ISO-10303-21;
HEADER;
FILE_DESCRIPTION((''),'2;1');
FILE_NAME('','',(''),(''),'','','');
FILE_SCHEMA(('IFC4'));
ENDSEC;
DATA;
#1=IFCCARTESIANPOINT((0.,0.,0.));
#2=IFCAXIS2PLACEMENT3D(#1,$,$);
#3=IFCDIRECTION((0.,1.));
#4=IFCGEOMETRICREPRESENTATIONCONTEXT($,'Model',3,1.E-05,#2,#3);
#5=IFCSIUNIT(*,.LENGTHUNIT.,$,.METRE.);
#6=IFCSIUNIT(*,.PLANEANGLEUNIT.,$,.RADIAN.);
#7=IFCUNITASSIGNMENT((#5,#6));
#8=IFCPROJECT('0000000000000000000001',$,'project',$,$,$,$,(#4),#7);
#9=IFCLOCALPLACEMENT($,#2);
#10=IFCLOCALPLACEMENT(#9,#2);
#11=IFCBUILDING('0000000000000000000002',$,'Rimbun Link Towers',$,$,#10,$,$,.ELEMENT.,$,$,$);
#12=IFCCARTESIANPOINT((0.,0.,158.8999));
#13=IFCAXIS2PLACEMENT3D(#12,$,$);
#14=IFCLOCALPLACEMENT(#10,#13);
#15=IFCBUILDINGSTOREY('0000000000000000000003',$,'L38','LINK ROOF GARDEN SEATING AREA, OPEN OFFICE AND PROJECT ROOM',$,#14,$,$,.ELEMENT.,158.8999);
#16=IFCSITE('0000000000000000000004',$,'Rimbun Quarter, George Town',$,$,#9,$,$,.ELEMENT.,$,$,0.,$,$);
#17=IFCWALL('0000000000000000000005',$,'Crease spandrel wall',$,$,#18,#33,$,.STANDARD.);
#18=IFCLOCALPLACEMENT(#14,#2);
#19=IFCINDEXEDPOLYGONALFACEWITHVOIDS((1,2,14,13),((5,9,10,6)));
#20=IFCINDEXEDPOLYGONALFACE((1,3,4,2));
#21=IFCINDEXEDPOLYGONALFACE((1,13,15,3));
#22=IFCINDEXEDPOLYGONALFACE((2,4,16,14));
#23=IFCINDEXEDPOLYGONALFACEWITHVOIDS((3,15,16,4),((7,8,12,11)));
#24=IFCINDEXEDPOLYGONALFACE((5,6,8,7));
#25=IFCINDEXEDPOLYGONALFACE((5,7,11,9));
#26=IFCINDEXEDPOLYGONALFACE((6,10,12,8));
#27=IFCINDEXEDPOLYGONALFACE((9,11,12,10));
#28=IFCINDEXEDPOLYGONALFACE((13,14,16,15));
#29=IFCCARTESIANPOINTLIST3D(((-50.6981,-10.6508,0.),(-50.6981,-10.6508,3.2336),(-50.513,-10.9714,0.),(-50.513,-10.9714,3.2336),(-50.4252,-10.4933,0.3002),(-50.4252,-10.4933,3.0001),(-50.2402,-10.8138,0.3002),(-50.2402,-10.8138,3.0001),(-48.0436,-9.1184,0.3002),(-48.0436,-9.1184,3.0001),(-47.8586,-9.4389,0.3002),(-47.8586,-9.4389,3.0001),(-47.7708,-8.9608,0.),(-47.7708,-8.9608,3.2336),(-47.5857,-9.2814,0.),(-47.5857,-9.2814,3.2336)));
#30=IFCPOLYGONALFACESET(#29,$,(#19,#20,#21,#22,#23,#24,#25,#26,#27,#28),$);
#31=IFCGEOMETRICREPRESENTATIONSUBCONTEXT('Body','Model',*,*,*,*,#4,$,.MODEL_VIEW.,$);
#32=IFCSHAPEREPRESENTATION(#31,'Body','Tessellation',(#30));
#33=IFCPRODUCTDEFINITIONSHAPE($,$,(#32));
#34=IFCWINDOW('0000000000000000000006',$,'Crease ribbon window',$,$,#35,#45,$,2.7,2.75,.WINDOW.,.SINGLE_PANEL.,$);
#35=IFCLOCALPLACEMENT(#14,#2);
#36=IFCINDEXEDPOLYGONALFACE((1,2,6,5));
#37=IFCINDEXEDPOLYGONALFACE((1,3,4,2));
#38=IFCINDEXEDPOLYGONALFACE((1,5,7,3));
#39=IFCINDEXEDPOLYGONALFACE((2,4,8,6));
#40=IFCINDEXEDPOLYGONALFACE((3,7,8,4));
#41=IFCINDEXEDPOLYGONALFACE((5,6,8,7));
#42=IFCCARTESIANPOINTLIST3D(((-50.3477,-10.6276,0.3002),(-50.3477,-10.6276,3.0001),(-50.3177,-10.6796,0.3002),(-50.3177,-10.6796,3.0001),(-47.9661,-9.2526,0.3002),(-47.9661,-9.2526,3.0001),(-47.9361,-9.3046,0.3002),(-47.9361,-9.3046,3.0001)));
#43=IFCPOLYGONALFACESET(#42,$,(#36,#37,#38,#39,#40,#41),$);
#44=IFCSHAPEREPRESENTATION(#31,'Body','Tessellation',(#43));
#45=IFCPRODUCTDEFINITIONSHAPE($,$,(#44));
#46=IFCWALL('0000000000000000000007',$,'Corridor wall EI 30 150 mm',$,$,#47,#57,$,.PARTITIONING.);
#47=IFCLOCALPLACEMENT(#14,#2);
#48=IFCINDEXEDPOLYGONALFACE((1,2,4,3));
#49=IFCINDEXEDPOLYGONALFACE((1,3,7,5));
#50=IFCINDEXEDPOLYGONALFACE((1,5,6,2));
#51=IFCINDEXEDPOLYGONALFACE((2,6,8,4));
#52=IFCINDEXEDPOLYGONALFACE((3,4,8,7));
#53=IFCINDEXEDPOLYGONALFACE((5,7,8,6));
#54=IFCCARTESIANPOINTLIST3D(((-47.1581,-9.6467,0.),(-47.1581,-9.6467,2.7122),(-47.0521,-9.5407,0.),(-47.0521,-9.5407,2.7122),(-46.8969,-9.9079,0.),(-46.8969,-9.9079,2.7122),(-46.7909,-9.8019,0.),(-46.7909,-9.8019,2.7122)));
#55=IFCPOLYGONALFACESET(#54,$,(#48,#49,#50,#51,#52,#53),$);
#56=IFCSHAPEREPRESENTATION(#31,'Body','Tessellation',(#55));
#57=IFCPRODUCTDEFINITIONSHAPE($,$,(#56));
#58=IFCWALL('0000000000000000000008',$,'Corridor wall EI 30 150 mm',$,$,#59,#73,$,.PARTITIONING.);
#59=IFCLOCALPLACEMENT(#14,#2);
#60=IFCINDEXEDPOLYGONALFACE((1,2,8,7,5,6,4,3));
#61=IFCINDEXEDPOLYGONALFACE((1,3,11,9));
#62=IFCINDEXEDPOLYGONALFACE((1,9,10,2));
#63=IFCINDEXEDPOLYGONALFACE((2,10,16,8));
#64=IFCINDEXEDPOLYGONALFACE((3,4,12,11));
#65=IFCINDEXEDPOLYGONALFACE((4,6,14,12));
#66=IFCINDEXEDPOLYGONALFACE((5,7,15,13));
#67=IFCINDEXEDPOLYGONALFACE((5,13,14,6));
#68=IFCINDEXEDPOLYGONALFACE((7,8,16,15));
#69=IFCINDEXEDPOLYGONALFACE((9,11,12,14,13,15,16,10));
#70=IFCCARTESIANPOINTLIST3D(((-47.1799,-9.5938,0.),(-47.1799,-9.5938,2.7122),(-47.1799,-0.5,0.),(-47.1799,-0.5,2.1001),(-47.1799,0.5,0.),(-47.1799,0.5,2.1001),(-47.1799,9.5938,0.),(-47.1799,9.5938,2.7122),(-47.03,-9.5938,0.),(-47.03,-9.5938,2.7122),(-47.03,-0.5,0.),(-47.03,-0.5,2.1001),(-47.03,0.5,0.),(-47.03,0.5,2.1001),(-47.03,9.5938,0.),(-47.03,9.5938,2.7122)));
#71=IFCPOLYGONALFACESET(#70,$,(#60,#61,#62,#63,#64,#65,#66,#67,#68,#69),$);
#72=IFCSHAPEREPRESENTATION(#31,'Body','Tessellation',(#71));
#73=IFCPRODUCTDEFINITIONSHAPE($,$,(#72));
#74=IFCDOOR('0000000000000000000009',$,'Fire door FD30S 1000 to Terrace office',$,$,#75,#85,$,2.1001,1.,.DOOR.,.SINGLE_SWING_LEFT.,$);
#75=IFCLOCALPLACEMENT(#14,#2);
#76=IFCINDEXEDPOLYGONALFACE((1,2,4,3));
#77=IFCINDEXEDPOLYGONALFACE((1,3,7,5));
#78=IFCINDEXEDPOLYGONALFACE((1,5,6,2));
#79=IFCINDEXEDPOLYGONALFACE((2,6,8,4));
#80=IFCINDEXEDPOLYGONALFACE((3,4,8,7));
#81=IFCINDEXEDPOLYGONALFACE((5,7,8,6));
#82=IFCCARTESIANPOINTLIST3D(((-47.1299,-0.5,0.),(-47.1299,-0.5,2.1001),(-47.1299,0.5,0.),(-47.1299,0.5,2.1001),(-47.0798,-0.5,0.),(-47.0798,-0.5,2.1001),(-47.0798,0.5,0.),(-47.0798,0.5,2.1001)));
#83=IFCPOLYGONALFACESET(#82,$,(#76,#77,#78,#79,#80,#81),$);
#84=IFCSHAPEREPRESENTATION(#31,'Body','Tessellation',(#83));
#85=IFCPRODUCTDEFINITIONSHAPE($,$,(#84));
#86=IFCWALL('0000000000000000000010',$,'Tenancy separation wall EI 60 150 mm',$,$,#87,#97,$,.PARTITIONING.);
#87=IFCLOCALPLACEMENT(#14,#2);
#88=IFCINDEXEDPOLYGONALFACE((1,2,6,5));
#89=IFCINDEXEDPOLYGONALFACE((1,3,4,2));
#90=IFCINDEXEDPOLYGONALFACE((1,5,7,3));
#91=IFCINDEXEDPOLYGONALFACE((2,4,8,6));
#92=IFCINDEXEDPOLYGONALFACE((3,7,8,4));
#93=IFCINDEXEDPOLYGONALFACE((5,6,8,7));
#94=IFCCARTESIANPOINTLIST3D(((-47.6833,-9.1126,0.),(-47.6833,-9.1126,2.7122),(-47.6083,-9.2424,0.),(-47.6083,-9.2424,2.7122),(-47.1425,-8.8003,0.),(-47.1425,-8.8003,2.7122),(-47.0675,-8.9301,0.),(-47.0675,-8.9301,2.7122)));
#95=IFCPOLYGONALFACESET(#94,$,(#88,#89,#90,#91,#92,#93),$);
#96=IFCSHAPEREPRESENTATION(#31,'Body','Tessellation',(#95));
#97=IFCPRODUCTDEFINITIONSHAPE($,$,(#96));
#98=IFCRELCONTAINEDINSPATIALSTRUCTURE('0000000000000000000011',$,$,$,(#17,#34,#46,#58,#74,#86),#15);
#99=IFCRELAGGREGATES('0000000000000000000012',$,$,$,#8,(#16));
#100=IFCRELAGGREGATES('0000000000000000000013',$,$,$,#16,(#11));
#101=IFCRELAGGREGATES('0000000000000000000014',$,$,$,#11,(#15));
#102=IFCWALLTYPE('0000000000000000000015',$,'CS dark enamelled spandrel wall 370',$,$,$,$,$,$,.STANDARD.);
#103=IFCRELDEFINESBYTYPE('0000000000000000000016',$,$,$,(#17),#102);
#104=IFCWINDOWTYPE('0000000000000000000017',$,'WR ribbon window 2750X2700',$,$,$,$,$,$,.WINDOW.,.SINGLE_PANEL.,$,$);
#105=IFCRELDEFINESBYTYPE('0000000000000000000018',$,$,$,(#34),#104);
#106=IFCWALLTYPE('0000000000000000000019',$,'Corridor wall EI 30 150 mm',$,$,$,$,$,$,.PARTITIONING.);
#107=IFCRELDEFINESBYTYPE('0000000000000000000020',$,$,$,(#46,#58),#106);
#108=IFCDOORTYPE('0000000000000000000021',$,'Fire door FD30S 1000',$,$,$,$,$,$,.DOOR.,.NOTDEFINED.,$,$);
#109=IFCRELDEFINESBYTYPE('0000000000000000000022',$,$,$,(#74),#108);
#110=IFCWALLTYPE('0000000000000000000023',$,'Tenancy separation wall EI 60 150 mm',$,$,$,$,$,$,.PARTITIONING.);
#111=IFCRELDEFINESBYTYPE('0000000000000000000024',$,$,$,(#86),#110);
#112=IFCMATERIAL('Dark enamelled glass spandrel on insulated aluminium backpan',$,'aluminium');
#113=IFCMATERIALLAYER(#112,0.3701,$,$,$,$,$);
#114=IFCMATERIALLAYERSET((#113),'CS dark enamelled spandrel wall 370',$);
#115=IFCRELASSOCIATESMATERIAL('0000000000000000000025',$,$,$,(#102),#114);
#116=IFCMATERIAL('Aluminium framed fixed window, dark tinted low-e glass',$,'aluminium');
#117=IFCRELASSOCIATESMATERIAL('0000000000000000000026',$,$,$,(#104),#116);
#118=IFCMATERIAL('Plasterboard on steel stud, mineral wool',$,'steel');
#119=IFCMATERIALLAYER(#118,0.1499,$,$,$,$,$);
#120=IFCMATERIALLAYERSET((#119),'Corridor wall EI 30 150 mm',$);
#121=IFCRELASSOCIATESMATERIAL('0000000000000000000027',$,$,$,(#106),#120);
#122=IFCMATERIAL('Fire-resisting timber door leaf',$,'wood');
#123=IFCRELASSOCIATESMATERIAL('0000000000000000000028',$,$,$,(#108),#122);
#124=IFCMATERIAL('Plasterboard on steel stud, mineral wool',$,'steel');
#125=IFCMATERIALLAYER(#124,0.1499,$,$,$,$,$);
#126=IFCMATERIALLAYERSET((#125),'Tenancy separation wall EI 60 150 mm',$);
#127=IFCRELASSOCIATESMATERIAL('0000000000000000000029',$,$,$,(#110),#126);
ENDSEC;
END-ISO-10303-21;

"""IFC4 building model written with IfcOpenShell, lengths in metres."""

from ifc_helpers import new_model, si_unit, direction, frame, frame_2d, origin, place, context, subcontext, project, spatial, rectangle, extrude, material, layer, layer_set, type_object, element, fill, save


model = new_model("IFC4")

# Units and contexts
model_context = context("Model", 3, precision=1e-05, world=origin(), true_north=direction((0.0, 1.0)))
body_context = subcontext(model_context, "Body", "Model", "MODEL_VIEW")
ifc_project = project(units=[si_unit("LENGTHUNIT", "METRE"), si_unit("PLANEANGLEUNIT", "RADIAN")], contexts=[model_context])

# Site, building, storey
site_placement = place(None, origin())
site = spatial("IfcSite", under=ifc_project, at=site_placement, Name="Rimbun Quarter, George Town", CompositionType="ELEMENT", RefElevation=0.0)
building_placement = place(site_placement, origin())
building = spatial("IfcBuilding", under=site, at=building_placement, Name="Rimbun Link Towers", CompositionType="ELEMENT")
storey_placement = place(building_placement, frame((0.0, 0.0, 158.8999)))
storey = spatial("IfcBuildingStorey", under=building, at=storey_placement, Name="L38", Description="LINK ROOF GARDEN SEATING AREA, OPEN OFFICE AND PROJECT ROOM", CompositionType="ELEMENT", Elevation=158.8999)

# Wall, opening, window
ifc_material_1 = material(Name="Dark enamelled glass spandrel on insulated aluminium backpan", Category="aluminium")
ifc_layer_1 = layer(ifc_material_1, 0.3701)
ifc_layer_set_1 = layer_set([ifc_layer_1], Name="CS dark enamelled spandrel wall 370")
wall_type_1 = type_object("IfcWallType", Name="CS dark enamelled spandrel wall 370", PredefinedType="STANDARD", material=ifc_layer_set_1)
wall_1_placement = place(storey_placement, frame((-50.6055, -10.811, 0.0), z_axis=(0.0, 0.0, 1.0), x_axis=(0.866039, 0.499977, 0.0)))
wall_1 = element("IfcWall", 1, at=wall_1_placement, inside=storey, type_object=wall_type_1, Name="Crease spandrel wall", PredefinedType="STANDARD", context=body_context, shape_type="SweptSolid", body=[
    extrude(rectangle(XDim=3.3801, YDim=0.3701, at=frame_2d((1.6899, 0.0))), origin(), (0.0, 0.0, 1.0), 3.2336),
])
opening_1_placement = place(wall_1_placement, frame((0.3149, 0.0, 0.3)))
opening_1 = element("IfcOpeningElement", 2, at=opening_1_placement, cuts=wall_1, PredefinedType="OPENING", context=body_context, shape_type="SweptSolid", body=[
    extrude(rectangle(XDim=2.75, YDim=2.7, at=frame_2d((1.375, 1.3501))), frame((0.0, 0.1951, 0.0), z_axis=(0.0, -1.0, 0.0), x_axis=(1.0, 0.0, 0.0)), (0.0, 0.0, 1.0), 0.3901),
])
ifc_material_2 = material(Name="Aluminium framed fixed window, dark tinted low-e glass", Category="aluminium")
window_type_1 = type_object("IfcWindowType", Name="WR ribbon window 2750X2700", PartitioningType="SINGLE_PANEL", PredefinedType="WINDOW", material=ifc_material_2)
window_1_placement = place(opening_1_placement, origin())
window_1 = element("IfcWindow", 3, at=window_1_placement, inside=storey, type_object=window_type_1, Name="Crease ribbon window", OverallHeight=2.7, OverallWidth=2.75, PartitioningType="SINGLE_PANEL", PredefinedType="WINDOW", context=body_context, shape_type="SweptSolid", body=[
    extrude(rectangle(XDim=2.75, YDim=2.7, at=frame_2d((1.375, 1.3501))), frame((0.0, 0.03, 0.0), z_axis=(0.0, -1.0, 0.0), x_axis=(1.0, 0.0, 0.0)), (0.0, 0.0, 1.0), 0.0601),
])
fill(opening_1, window_1)

# Wall
ifc_material_3 = material(Name="Plasterboard on steel stud, mineral wool", Category="steel")
ifc_layer_2 = layer(ifc_material_3, 0.1499)
ifc_layer_set_2 = layer_set([ifc_layer_2], Name="Corridor wall EI 30 150 mm")
wall_type_2 = type_object("IfcWallType", Name="Corridor wall EI 30 150 mm", PredefinedType="PARTITIONING", material=ifc_layer_set_2)
wall_2_placement = place(storey_placement, frame((-47.105, -9.5938, 0.0), z_axis=(0.0, 0.0, 1.0), x_axis=(0.707107, -0.707107, 0.0)))
element("IfcWall", 4, at=wall_2_placement, inside=storey, type_object=wall_type_2, Name="Corridor wall EI 30 150 mm", PredefinedType="PARTITIONING", context=body_context, shape_type="SweptSolid", body=[
    extrude(rectangle(XDim=0.3694, YDim=0.1499, at=frame_2d((0.1846, 0.0))), origin(), (0.0, 0.0, 1.0), 2.7122),
])

# Wall, opening, door
wall_3_placement = place(storey_placement, frame((-47.105, -9.5938, 0.0), z_axis=(0.0, 0.0, 1.0), x_axis=(0.0, 1.0, 0.0)))
wall_3 = element("IfcWall", 5, at=wall_3_placement, inside=storey, type_object=wall_type_2, Name="Corridor wall EI 30 150 mm", PredefinedType="PARTITIONING", context=body_context, shape_type="SweptSolid", body=[
    extrude(rectangle(XDim=19.1875, YDim=0.1499, at=frame_2d((9.5938, 0.0))), origin(), (0.0, 0.0, 1.0), 2.7122),
])
opening_2_placement = place(wall_3_placement, frame((9.0938, 0.0, 0.0)))
opening_2 = element("IfcOpeningElement", 6, at=opening_2_placement, cuts=wall_3, PredefinedType="OPENING", context=body_context, shape_type="SweptSolid", body=[
    extrude(rectangle(XDim=1.0, YDim=2.1001, at=frame_2d((0.5, 1.05))), frame((0.0, 0.085, 0.0), z_axis=(0.0, -1.0, 0.0), x_axis=(1.0, 0.0, 0.0)), (0.0, 0.0, 1.0), 0.1699),
])
ifc_material_4 = material(Name="Fire-resisting timber door leaf", Category="wood")
door_type = type_object("IfcDoorType", Name="Fire door FD30S 1000", OperationType="NOTDEFINED", PredefinedType="DOOR", material=ifc_material_4)
door_placement = place(opening_2_placement, origin())
door = element("IfcDoor", 7, at=door_placement, inside=storey, type_object=door_type, Name="Fire door FD30S 1000 to Terrace office", OperationType="SINGLE_SWING_LEFT", OverallHeight=2.1001, OverallWidth=1.0, PredefinedType="DOOR", context=body_context, shape_type="SweptSolid", body=[
    extrude(rectangle(XDim=1.0, YDim=2.1001, at=frame_2d((0.5, 1.05))), frame((0.0, 0.0249, 0.0), z_axis=(0.0, -1.0, 0.0), x_axis=(1.0, 0.0, 0.0)), (0.0, 0.0, 1.0), 0.05),
])
fill(opening_2, door)

# Wall
ifc_material_5 = material(Name="Plasterboard on steel stud, mineral wool", Category="steel")
ifc_layer_3 = layer(ifc_material_5, 0.1499)
ifc_layer_set_3 = layer_set([ifc_layer_3], Name="Tenancy separation wall EI 60 150 mm")
wall_type_3 = type_object("IfcWallType", Name="Tenancy separation wall EI 60 150 mm", PredefinedType="PARTITIONING", material=ifc_layer_set_3)
wall_4_placement = place(storey_placement, frame((-47.105, -8.8652, 0.0), z_axis=(0.0, 0.0, 1.0), x_axis=(-0.865997, -0.50005, 0.0)))
element("IfcWall", 8, at=wall_4_placement, inside=storey, type_object=wall_type_3, Name="Tenancy separation wall EI 60 150 mm", PredefinedType="PARTITIONING", context=body_context, shape_type="SweptSolid", body=[
    extrude(rectangle(XDim=0.6245, YDim=0.1499, at=frame_2d((0.3123, 0.0))), origin(), (0.0, 0.0, 1.0), 2.7122),
])

save(model, "model.ifc")
